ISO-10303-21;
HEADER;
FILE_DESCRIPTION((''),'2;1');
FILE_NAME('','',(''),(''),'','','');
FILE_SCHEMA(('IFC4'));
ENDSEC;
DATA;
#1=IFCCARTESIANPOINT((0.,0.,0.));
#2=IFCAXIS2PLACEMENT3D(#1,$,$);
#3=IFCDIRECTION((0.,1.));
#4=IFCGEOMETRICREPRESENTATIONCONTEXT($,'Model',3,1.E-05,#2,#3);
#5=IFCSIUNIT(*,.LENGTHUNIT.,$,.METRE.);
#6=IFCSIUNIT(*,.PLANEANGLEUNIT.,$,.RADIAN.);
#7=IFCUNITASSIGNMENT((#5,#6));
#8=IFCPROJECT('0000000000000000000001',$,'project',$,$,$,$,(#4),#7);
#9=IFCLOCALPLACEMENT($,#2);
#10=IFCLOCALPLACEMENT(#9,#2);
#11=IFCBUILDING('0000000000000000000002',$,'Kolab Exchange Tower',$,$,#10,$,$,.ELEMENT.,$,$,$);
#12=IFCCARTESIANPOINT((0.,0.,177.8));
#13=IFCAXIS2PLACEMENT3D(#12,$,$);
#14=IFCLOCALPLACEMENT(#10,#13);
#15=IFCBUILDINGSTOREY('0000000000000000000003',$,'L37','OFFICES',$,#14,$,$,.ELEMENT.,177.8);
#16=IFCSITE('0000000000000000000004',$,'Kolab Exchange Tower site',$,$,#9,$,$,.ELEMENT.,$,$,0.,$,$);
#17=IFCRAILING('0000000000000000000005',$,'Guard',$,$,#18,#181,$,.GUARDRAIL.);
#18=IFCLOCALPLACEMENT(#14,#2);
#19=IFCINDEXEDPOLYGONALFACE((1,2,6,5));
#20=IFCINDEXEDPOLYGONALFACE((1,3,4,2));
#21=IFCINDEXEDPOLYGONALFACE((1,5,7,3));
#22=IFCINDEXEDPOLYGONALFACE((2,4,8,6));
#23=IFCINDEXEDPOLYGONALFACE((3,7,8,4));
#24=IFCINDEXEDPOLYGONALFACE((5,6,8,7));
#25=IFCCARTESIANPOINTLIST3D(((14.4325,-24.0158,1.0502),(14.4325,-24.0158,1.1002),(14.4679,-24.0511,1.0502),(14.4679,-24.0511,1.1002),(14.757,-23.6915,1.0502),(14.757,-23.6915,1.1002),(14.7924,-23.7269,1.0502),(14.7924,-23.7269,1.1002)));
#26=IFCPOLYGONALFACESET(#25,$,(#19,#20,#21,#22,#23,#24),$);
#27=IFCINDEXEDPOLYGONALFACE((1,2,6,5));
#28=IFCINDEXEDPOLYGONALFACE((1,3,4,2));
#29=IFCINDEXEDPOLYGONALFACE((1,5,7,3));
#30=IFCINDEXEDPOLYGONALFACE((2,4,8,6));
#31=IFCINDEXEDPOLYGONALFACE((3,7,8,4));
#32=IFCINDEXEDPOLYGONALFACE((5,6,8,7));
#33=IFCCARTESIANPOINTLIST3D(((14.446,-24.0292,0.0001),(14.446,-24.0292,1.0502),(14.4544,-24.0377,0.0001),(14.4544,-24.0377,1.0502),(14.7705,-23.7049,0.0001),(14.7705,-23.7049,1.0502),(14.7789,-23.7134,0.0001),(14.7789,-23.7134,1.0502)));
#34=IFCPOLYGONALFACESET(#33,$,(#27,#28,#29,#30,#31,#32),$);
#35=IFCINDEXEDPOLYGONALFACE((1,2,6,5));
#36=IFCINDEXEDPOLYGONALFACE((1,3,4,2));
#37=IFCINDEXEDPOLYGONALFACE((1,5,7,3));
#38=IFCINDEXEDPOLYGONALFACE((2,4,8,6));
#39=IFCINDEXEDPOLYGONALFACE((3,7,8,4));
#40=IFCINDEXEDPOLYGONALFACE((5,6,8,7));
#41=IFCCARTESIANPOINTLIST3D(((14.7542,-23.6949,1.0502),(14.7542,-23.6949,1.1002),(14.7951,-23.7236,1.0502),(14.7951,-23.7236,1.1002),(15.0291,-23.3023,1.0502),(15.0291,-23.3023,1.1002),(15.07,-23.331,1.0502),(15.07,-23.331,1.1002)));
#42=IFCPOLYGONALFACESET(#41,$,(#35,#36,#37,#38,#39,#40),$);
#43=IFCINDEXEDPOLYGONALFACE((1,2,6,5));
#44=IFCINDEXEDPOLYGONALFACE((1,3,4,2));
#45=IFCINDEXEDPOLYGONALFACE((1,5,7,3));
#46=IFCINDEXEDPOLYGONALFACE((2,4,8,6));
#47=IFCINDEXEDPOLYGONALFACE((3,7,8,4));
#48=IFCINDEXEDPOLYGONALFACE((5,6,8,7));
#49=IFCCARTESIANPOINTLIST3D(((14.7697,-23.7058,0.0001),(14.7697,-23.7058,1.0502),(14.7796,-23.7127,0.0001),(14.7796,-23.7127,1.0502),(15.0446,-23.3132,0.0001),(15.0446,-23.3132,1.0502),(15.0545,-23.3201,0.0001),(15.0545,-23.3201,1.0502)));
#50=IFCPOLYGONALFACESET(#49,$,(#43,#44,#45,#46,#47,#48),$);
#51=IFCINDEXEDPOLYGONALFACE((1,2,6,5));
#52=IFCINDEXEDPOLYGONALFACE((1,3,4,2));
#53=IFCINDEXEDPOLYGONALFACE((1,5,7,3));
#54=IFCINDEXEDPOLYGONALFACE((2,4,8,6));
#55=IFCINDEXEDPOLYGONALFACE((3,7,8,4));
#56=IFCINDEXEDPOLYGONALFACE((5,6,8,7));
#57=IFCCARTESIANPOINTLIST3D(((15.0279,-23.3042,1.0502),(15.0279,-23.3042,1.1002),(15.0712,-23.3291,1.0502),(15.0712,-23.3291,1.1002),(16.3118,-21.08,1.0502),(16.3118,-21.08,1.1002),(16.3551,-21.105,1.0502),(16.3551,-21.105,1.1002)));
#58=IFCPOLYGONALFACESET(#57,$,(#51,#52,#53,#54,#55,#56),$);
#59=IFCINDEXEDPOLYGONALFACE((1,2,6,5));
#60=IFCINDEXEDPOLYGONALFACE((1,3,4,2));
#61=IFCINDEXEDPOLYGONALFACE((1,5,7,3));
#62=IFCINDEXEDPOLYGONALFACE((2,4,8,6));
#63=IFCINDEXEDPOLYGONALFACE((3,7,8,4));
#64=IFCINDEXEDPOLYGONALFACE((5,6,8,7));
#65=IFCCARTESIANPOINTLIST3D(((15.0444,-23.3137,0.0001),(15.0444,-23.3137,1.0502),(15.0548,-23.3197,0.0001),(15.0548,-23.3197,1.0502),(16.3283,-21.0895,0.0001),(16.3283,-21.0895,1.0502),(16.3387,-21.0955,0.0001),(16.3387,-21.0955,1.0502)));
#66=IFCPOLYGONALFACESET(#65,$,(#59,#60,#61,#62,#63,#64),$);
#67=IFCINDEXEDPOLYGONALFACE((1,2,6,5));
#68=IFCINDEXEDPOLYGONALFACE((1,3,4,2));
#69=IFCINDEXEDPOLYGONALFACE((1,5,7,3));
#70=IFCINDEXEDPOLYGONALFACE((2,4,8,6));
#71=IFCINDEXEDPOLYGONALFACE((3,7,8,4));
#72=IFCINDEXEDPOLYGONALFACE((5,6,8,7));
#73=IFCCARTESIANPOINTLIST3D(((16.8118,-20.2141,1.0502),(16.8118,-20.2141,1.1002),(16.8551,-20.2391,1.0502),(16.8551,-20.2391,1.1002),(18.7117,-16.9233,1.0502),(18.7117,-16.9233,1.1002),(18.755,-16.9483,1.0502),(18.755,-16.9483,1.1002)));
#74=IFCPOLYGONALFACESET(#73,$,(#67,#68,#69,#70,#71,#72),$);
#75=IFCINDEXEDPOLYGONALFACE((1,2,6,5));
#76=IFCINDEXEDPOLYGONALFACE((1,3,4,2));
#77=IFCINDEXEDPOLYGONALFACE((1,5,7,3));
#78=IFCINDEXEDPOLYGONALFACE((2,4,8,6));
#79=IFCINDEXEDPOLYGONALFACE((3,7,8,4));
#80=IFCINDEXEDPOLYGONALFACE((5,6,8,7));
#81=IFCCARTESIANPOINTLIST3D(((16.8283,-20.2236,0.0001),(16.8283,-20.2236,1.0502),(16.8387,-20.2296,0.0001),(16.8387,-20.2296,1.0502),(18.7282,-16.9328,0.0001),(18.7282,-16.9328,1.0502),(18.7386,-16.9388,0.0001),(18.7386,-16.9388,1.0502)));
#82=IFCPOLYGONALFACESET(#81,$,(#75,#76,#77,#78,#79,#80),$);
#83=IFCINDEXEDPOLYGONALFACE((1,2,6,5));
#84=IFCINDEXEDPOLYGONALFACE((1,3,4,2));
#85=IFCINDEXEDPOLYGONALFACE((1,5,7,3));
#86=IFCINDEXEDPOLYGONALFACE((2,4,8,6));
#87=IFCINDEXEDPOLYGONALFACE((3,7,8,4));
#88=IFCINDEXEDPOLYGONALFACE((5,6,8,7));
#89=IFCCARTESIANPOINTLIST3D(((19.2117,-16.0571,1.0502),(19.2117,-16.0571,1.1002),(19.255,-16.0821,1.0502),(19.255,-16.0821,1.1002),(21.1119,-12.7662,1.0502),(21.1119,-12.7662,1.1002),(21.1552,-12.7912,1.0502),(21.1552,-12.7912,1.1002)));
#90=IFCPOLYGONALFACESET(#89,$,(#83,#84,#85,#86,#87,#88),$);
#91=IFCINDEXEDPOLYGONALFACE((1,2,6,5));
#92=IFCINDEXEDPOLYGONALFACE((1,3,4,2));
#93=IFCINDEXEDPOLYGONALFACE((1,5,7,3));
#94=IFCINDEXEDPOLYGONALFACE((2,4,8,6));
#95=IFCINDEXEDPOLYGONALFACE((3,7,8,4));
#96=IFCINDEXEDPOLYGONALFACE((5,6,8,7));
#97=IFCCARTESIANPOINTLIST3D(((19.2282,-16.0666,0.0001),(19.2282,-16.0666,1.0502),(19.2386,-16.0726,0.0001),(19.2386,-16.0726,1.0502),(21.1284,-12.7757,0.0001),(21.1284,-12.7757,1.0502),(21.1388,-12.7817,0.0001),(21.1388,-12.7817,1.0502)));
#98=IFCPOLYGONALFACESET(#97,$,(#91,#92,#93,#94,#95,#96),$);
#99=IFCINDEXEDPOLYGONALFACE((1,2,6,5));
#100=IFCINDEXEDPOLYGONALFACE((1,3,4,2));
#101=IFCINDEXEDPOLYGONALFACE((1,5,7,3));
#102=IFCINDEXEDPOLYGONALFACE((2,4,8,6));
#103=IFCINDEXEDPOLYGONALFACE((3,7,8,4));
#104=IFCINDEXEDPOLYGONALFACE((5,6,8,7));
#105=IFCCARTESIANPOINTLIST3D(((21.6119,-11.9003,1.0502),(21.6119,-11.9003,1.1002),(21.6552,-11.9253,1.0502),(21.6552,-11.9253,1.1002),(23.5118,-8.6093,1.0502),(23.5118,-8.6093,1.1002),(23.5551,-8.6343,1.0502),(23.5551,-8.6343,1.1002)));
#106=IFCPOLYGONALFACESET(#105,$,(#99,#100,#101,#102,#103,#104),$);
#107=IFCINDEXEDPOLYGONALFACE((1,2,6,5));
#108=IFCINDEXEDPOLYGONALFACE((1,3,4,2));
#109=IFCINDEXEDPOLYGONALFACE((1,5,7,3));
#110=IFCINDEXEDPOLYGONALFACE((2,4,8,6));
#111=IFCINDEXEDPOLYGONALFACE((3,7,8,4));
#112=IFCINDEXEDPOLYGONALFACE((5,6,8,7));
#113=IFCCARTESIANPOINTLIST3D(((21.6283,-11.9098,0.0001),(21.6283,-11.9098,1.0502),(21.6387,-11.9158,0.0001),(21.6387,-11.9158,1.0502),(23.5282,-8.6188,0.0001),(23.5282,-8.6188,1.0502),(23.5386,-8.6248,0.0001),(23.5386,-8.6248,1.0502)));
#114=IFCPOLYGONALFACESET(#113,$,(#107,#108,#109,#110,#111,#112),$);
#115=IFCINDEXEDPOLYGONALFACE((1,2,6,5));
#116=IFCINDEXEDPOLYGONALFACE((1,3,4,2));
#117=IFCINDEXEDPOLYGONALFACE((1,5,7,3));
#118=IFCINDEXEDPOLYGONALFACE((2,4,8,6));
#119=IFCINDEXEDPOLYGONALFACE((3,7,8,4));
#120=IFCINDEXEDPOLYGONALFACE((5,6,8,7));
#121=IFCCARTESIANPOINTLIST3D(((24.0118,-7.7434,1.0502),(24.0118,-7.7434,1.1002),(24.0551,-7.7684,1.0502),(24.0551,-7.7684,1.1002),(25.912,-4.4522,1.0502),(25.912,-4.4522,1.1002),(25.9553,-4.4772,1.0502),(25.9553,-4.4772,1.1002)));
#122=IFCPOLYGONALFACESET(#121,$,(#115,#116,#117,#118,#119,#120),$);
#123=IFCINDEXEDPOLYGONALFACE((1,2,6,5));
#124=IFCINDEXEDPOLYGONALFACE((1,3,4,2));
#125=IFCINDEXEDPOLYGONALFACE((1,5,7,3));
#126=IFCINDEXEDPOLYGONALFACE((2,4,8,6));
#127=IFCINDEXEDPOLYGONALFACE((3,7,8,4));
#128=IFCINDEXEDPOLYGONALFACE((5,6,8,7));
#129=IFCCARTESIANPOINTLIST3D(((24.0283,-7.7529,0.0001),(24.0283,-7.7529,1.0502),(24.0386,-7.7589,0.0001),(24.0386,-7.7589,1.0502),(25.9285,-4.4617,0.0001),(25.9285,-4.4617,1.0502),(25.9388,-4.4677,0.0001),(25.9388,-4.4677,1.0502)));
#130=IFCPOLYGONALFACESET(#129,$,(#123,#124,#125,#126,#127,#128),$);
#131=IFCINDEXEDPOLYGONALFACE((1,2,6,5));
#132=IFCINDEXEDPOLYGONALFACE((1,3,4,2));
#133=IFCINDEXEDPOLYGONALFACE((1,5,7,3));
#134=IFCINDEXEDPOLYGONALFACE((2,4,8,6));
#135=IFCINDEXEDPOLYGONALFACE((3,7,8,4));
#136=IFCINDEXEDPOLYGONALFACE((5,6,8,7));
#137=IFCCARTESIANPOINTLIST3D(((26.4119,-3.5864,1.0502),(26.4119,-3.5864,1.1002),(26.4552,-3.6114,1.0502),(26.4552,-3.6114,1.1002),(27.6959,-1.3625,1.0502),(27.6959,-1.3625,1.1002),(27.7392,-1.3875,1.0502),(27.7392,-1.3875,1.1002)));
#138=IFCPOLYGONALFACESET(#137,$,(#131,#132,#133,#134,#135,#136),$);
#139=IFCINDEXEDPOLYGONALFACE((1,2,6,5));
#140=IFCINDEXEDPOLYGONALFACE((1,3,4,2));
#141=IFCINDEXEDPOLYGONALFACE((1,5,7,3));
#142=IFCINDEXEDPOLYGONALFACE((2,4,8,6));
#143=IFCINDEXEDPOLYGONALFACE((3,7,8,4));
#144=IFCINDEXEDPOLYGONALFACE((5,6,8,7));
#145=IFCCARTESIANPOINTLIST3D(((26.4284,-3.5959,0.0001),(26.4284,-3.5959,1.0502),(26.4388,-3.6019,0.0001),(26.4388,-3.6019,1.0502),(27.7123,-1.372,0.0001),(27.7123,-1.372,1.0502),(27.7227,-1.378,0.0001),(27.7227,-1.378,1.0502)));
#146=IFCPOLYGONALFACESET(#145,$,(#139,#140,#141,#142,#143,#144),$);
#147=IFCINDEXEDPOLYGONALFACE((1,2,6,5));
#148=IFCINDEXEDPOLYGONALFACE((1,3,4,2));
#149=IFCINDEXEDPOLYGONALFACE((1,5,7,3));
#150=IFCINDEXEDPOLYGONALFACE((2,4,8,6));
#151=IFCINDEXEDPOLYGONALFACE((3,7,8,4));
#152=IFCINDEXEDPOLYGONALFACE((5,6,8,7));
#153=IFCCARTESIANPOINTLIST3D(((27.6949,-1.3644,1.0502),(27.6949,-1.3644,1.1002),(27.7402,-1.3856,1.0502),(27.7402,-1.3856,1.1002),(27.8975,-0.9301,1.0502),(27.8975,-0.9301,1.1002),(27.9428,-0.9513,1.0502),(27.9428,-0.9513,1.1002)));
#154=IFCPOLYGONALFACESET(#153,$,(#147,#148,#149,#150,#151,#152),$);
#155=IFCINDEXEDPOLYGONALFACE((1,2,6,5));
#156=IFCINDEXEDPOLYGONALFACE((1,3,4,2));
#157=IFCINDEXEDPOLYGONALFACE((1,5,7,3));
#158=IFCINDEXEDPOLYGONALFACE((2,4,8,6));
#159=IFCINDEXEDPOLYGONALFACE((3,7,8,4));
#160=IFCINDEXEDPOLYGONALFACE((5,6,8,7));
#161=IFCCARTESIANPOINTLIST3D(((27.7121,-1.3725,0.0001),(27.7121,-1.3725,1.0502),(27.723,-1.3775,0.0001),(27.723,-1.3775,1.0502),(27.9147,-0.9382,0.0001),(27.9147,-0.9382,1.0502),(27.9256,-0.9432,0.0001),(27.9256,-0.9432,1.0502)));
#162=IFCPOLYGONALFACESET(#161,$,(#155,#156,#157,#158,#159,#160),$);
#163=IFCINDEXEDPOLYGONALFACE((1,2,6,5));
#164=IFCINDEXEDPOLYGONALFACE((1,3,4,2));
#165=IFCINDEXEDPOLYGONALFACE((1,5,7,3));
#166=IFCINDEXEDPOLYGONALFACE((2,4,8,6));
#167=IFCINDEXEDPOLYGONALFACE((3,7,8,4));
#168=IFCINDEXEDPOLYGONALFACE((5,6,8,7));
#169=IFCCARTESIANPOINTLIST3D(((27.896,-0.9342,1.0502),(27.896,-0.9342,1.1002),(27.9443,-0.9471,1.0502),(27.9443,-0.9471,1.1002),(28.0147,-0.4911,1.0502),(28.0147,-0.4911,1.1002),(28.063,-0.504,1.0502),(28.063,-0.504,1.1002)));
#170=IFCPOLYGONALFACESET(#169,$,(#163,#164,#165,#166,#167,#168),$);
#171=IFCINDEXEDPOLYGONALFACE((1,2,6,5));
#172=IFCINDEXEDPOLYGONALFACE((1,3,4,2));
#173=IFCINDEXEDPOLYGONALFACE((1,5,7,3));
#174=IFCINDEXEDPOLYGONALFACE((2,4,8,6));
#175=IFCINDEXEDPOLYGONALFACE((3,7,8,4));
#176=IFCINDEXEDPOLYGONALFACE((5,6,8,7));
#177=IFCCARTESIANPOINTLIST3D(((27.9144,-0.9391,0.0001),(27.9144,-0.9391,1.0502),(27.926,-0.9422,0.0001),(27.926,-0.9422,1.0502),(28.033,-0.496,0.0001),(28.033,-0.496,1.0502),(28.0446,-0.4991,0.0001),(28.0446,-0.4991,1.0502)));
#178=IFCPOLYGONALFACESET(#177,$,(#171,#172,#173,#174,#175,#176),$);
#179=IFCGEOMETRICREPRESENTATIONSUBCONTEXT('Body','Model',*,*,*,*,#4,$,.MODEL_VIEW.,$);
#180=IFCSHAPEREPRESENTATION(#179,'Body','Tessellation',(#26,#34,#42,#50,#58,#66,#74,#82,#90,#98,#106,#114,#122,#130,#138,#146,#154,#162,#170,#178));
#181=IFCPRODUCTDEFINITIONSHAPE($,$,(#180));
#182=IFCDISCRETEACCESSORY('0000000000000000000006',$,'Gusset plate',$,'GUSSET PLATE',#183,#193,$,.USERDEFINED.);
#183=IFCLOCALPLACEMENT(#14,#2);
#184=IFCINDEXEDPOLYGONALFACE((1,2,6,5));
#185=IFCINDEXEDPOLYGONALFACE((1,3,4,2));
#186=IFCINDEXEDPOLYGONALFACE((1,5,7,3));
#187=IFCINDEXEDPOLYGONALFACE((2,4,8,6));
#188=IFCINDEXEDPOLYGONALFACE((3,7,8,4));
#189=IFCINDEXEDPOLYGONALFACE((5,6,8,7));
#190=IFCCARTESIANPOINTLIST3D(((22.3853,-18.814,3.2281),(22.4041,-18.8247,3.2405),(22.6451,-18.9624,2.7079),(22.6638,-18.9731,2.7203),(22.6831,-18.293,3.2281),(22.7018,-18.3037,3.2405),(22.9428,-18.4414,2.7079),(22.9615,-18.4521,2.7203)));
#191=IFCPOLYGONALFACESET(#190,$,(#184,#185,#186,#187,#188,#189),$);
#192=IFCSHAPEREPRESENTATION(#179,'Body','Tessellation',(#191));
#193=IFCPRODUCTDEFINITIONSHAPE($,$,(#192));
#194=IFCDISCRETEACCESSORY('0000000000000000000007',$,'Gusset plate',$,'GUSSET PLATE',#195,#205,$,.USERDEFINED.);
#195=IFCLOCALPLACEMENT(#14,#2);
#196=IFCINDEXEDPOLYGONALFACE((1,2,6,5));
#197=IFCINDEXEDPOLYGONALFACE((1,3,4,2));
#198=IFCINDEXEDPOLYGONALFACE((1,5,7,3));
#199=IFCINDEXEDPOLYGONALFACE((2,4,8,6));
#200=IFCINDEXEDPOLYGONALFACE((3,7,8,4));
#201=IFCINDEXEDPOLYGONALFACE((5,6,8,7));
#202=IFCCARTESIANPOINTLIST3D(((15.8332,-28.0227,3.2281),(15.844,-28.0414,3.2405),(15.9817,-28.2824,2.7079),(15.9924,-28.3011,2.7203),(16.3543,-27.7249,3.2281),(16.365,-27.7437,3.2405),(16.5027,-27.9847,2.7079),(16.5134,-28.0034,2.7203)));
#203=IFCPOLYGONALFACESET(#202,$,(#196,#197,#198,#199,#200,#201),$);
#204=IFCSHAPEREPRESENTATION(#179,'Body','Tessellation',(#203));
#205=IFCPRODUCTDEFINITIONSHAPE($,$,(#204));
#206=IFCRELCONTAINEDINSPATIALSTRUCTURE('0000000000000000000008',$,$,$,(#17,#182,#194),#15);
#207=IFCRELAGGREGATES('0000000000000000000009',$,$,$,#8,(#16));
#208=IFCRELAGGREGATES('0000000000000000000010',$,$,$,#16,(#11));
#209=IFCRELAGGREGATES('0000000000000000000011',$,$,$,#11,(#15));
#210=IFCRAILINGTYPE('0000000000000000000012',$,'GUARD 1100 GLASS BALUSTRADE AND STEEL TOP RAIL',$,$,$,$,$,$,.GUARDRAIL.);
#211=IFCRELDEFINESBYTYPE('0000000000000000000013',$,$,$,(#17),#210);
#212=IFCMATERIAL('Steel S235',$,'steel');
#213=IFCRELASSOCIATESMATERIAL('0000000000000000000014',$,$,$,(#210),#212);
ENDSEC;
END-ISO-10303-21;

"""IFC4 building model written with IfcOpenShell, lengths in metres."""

from ifc_helpers import new_model, si_unit, direction, frame, frame_2d, origin, origin_2d, place, context, subcontext, project, spatial, rectangle, extrude, material, type_object, element, save


model = new_model("IFC4")

# Units and contexts
model_context = context("Model", 3, precision=1e-05, world=origin(), true_north=direction((0.0, 1.0)))
body_context = subcontext(model_context, "Body", "Model", "MODEL_VIEW")
ifc_project = project(units=[si_unit("LENGTHUNIT", "METRE"), si_unit("PLANEANGLEUNIT", "RADIAN")], contexts=[model_context])

# Site, building, storey
site_placement = place(None, origin())
site = spatial("IfcSite", under=ifc_project, at=site_placement, Name="Kolab Exchange Tower site", CompositionType="ELEMENT", RefElevation=0.0)
building_placement = place(site_placement, origin())
building = spatial("IfcBuilding", under=site, at=building_placement, Name="Kolab Exchange Tower", CompositionType="ELEMENT")
storey_placement = place(building_placement, frame((0.0, 0.0, 177.8)))
storey = spatial("IfcBuildingStorey", under=building, at=storey_placement, Name="L37", Description="OFFICES", CompositionType="ELEMENT", Elevation=177.8)

# Railing
ifc_material_1 = material(Name="Steel S235", Category="steel")
railing_type = type_object("IfcRailingType", Name="GUARD 1100 GLASS BALUSTRADE AND STEEL TOP RAIL", PredefinedType="GUARDRAIL", material=ifc_material_1)
railing_placement = place(storey_placement, frame((14.4502, -24.0334, 0.0)))
element("IfcRailing", 1, at=railing_placement, inside=storey, type_object=railing_type, Name="Guard", PredefinedType="GUARDRAIL", context=body_context, shape_type="SweptSolid", body=[
    extrude(rectangle(XDim=0.05, YDim=0.05, at=origin_2d()), frame((0.0, 0.0, 1.0752), z_axis=(0.707373, 0.706841, 0.0), x_axis=(-0.706841, 0.707373, 0.0)), (0.0, 0.0, 1.0), 0.4587),
    extrude(rectangle(XDim=0.012, YDim=1.0501, at=frame_2d((0.0, 0.5251))), frame((0.0, 0.0, 0.0), z_axis=(0.707373, 0.706841, 0.0), x_axis=(-0.706841, 0.707373, 0.0)), (0.0, 0.0, 1.0), 0.4587),
    extrude(rectangle(XDim=0.05, YDim=0.05, at=origin_2d()), frame((0.3245, 0.3242, 1.0752), z_axis=(0.573599, 0.819136, 0.0), x_axis=(-0.819136, 0.573599, 0.0)), (0.0, 0.0, 1.0), 0.4792),
    extrude(rectangle(XDim=0.012, YDim=1.0501, at=frame_2d((0.0, 0.5251))), frame((0.3245, 0.3242, 0.0), z_axis=(0.573599, 0.819136, 0.0), x_axis=(-0.819136, 0.573599, 0.0)), (0.0, 0.0, 1.0), 0.4792),
    extrude(rectangle(XDim=0.05, YDim=0.05, at=origin_2d()), frame((0.5994, 0.7168, 1.0752), z_axis=(0.499953, 0.866053, 0.0), x_axis=(-0.866053, 0.499953, 0.0)), (0.0, 0.0, 1.0), 2.5681),
    extrude(rectangle(XDim=0.012, YDim=1.0501, at=frame_2d((0.0, 0.5251))), frame((0.5994, 0.7168, 0.0), z_axis=(0.499953, 0.866053, 0.0), x_axis=(-0.866053, 0.499953, 0.0)), (0.0, 0.0, 1.0), 2.5681),
    extrude(rectangle(XDim=0.05, YDim=0.05, at=origin_2d()), frame((2.3833, 3.8069, 1.0752), z_axis=(0.499995, 0.866028, 0.0), x_axis=(-0.866028, 0.499995, 0.0)), (0.0, 0.0, 1.0), 3.7998),
    extrude(rectangle(XDim=0.012, YDim=1.0501, at=frame_2d((0.0, 0.5251))), frame((2.3833, 3.8069, 0.0), z_axis=(0.499995, 0.866028, 0.0), x_axis=(-0.866028, 0.499995, 0.0)), (0.0, 0.0, 1.0), 3.7998),
    extrude(rectangle(XDim=0.05, YDim=0.05, at=origin_2d()), frame((4.7832, 7.9639, 1.0752), z_axis=(0.500043, 0.866, 0.0), x_axis=(-0.866, 0.500043, 0.0)), (0.0, 0.0, 1.0), 3.8),
    extrude(rectangle(XDim=0.012, YDim=1.0501, at=frame_2d((0.0, 0.5251))), frame((4.7832, 7.9639, 0.0), z_axis=(0.500043, 0.866, 0.0), x_axis=(-0.866, 0.500043, 0.0)), (0.0, 0.0, 1.0), 3.8),
    extrude(rectangle(XDim=0.05, YDim=0.05, at=origin_2d()), frame((7.1833, 12.1206, 1.0752), z_axis=(0.499967, 0.866044, 0.0), x_axis=(-0.866044, 0.499967, 0.0)), (0.0, 0.0, 1.0), 3.8),
    extrude(rectangle(XDim=0.012, YDim=1.0501, at=frame_2d((0.0, 0.5251))), frame((7.1833, 12.1206, 0.0), z_axis=(0.499967, 0.866044, 0.0), x_axis=(-0.866044, 0.499967, 0.0)), (0.0, 0.0, 1.0), 3.8),
    extrude(rectangle(XDim=0.05, YDim=0.05, at=origin_2d()), frame((9.5833, 16.2776, 1.0752), z_axis=(0.500015, 0.866017, 0.0), x_axis=(-0.866017, 0.500015, 0.0)), (0.0, 0.0, 1.0), 3.8003),
    extrude(rectangle(XDim=0.012, YDim=1.0501, at=frame_2d((0.0, 0.5251))), frame((9.5833, 16.2776, 0.0), z_axis=(0.500015, 0.866017, 0.0), x_axis=(-0.866017, 0.500015, 0.0)), (0.0, 0.0, 1.0), 3.8003),
    extrude(rectangle(XDim=0.05, YDim=0.05, at=origin_2d()), frame((11.9834, 20.4346, 1.0752), z_axis=(0.499994, 0.866029, 0.0), x_axis=(-0.866029, 0.499994, 0.0)), (0.0, 0.0, 1.0), 2.5679),
    extrude(rectangle(XDim=0.012, YDim=1.0501, at=frame_2d((0.0, 0.5251))), frame((11.9834, 20.4346, 0.0), z_axis=(0.499994, 0.866029, 0.0), x_axis=(-0.866029, 0.499994, 0.0)), (0.0, 0.0, 1.0), 2.5679),
    extrude(rectangle(XDim=0.05, YDim=0.05, at=origin_2d()), frame((13.2673, 22.6584, 1.0752), z_axis=(0.422802, 0.906222, 0.0), x_axis=(-0.906222, 0.422802, 0.0)), (0.0, 0.0, 1.0), 0.4792),
    extrude(rectangle(XDim=0.012, YDim=1.0501, at=frame_2d((0.0, 0.5251))), frame((13.2673, 22.6584, 0.0), z_axis=(0.422802, 0.906222, 0.0), x_axis=(-0.906222, 0.422802, 0.0)), (0.0, 0.0, 1.0), 0.4792),
    extrude(rectangle(XDim=0.05, YDim=0.05, at=origin_2d()), frame((13.47, 23.0928, 1.0752), z_axis=(0.258656, 0.965969, 0.0), x_axis=(-0.965969, 0.258656, 0.0)), (0.0, 0.0, 1.0), 0.4587),
    extrude(rectangle(XDim=0.012, YDim=1.0501, at=frame_2d((0.0, 0.5251))), frame((13.47, 23.0928, 0.0), z_axis=(0.258656, 0.965969, 0.0), x_axis=(-0.965969, 0.258656, 0.0)), (0.0, 0.0, 1.0), 0.4587),
])

# Discrete accessories
for number, where, z_axis, x_axis, name in (
    (2, (22.6641, -18.6277, 2.968), (0.752663, -0.430093, 0.498517), (0.496139, 0.868243, 0.0), "Gusset plate"),
    (3, (16.168, -28.0037, 2.968), (0.430093, -0.752663, 0.498517), (0.868243, 0.496139, 0.0), "Gusset plate"),
):
    element("IfcDiscreteAccessory", number, at=place(storey_placement, frame(where, z_axis=z_axis, x_axis=x_axis)), inside=storey, Name=name, ObjectType="GUSSET PLATE", PredefinedType="USERDEFINED", context=body_context, shape_type="SweptSolid", body=[
        extrude(rectangle(XDim=0.6001, YDim=0.6001, at=origin_2d()), origin(), (0.0, 0.0, 1.0), 0.0249),
    ])

save(model, "model.ifc")
